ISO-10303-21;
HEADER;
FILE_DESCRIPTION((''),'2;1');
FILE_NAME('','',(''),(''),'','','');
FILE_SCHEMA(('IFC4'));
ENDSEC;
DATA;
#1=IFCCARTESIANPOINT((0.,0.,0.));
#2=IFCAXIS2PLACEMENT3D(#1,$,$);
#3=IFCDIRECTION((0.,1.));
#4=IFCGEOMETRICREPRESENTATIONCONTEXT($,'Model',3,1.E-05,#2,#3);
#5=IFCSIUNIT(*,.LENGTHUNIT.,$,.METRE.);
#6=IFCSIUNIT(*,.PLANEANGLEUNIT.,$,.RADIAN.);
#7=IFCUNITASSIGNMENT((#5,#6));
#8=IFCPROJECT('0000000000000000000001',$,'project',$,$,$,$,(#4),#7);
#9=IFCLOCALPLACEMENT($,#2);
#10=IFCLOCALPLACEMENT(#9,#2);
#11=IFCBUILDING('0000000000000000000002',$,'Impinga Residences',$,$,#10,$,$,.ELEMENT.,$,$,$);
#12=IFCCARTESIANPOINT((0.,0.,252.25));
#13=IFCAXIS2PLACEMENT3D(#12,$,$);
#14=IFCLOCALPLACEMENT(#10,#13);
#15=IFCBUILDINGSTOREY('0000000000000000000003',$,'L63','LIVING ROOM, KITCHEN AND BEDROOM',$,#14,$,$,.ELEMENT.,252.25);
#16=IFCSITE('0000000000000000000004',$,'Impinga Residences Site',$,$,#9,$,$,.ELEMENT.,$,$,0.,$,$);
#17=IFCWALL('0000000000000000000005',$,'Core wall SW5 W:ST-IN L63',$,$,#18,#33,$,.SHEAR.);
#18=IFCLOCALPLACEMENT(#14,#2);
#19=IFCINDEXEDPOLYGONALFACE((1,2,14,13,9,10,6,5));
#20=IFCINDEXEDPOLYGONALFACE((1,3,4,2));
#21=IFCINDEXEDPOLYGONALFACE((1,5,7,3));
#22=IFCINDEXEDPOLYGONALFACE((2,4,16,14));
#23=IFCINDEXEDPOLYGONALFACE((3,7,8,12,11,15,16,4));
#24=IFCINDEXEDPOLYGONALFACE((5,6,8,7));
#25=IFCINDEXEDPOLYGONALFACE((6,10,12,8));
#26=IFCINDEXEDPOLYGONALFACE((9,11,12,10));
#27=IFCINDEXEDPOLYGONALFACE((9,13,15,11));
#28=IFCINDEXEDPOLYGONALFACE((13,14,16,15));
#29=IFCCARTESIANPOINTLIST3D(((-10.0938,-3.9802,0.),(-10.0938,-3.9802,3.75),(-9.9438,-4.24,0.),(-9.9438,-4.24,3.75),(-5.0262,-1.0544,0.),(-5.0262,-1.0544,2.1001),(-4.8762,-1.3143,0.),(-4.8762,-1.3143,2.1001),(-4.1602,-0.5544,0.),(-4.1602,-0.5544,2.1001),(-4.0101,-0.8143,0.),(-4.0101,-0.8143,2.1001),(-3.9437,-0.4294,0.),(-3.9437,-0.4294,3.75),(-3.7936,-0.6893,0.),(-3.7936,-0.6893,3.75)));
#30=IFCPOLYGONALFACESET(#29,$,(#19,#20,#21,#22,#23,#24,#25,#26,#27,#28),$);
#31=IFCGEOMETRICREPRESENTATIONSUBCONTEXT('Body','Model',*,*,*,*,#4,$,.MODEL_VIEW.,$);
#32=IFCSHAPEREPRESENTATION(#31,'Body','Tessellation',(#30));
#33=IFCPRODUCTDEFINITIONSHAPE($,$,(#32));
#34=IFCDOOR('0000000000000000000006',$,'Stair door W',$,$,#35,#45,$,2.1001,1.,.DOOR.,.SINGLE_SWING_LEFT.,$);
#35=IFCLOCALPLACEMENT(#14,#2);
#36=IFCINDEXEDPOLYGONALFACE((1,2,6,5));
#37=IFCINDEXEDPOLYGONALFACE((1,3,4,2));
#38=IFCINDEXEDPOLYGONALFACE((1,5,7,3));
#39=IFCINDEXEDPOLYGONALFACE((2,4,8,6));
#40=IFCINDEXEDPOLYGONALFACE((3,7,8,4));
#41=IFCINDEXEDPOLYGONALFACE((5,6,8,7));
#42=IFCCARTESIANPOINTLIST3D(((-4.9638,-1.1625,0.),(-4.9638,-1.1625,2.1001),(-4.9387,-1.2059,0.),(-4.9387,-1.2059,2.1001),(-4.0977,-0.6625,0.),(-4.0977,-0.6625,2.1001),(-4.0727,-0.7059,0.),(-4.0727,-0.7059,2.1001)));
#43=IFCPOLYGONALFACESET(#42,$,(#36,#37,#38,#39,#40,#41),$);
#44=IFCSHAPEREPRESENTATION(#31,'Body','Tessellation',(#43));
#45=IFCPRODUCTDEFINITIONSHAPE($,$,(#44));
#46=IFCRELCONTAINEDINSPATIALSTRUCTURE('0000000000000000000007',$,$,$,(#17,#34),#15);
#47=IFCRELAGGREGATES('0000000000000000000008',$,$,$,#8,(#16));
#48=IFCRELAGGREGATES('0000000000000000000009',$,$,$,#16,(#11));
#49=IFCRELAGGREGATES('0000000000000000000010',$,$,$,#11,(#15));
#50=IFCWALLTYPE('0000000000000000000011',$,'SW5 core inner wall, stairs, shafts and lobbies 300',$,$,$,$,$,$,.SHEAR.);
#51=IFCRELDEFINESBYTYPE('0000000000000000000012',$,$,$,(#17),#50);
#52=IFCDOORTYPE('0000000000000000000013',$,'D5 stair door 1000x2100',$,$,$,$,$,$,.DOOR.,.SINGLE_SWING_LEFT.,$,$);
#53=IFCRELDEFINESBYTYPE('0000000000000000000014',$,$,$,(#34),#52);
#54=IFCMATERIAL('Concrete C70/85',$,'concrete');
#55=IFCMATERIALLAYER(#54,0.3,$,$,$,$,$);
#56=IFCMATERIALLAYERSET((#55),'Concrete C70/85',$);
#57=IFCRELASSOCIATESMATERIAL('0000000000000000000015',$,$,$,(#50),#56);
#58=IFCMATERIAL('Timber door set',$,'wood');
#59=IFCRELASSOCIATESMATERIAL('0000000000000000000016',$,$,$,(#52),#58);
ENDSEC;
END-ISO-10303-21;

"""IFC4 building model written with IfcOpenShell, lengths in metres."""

from ifc_helpers import new_model, si_unit, direction, frame, frame_2d, origin, place, context, subcontext, project, spatial, rectangle, extrude, material, layer, layer_set, type_object, element, fill, save


model = new_model("IFC4")

# Units and contexts
model_context = context("Model", 3, precision=1e-05, world=origin(), true_north=direction((0.0, 1.0)))
body_context = subcontext(model_context, "Body", "Model", "MODEL_VIEW")
ifc_project = project(units=[si_unit("LENGTHUNIT", "METRE"), si_unit("PLANEANGLEUNIT", "RADIAN")], contexts=[model_context])

# Site, building, storey
site_placement = place(None, origin())
site = spatial("IfcSite", under=ifc_project, at=site_placement, Name="Impinga Residences Site", CompositionType="ELEMENT", RefElevation=0.0)
building_placement = place(site_placement, origin())
building = spatial("IfcBuilding", under=site, at=building_placement, Name="Impinga Residences", CompositionType="ELEMENT")
storey_placement = place(building_placement, frame((0.0, 0.0, 252.25)))
storey = spatial("IfcBuildingStorey", under=building, at=storey_placement, Name="L63", Description="LIVING ROOM, KITCHEN AND BEDROOM", CompositionType="ELEMENT", Elevation=252.25)

# Shared definitions
ifc_material_1 = material(Name="Concrete C70/85", Category="concrete")
ifc_layer_1 = layer(ifc_material_1, 0.3)
ifc_layer_set_1 = layer_set([ifc_layer_1], Name="Concrete C70/85")
wall_type_1 = type_object("IfcWallType", Name="SW5 core inner wall, stairs, shafts and lobbies 300", PredefinedType="SHEAR", material=ifc_layer_set_1)

# Wall, opening, door
wall_1_placement = place(storey_placement, frame((-3.8687, -0.5593, 0.0), z_axis=(0.0, 0.0, 1.0), x_axis=(-0.866026, -0.499999, 0.0)))
wall_1 = element("IfcWall", 1, at=wall_1_placement, inside=storey, type_object=wall_type_1, Name="Core wall SW5 W:ST-IN L63", PredefinedType="SHEAR", context=body_context, shape_type="SweptSolid", body=[
    extrude(rectangle(XDim=7.1016, YDim=0.3, at=frame_2d((3.5508, 0.0))), origin(), (0.0, 0.0, 1.0), 3.75),
])
opening_1_placement = place(wall_1_placement, frame((0.25, 0.0, 0.0)))
opening_1 = element("IfcOpeningElement", 2, at=opening_1_placement, cuts=wall_1, PredefinedType="OPENING", context=body_context, shape_type="SweptSolid", body=[
    extrude(rectangle(XDim=1.0, YDim=2.1001, at=frame_2d((0.5, 1.05))), frame((0.0, 0.1599, 0.0), z_axis=(0.0, -1.0, 0.0), x_axis=(1.0, 0.0, 0.0)), (0.0, 0.0, 1.0), 0.3201),
])
ifc_material_2 = material(Name="Timber door set", Category="wood")
door_type_1 = type_object("IfcDoorType", Name="D5 stair door 1000x2100", OperationType="SINGLE_SWING_LEFT", PredefinedType="DOOR", material=ifc_material_2)
door_1_placement = place(opening_1_placement, origin())
door_1 = element("IfcDoor", 3, at=door_1_placement, inside=storey, type_object=door_type_1, Name="Stair door W", OperationType="SINGLE_SWING_LEFT", OverallHeight=2.1001, OverallWidth=1.0, PredefinedType="DOOR", context=body_context, shape_type="SweptSolid", body=[
    extrude(rectangle(XDim=1.0, YDim=2.1001, at=frame_2d((0.5, 1.05))), frame((0.0, 0.0249, 0.0), z_axis=(0.0, -1.0, 0.0), x_axis=(1.0, 0.0, 0.0)), (0.0, 0.0, 1.0), 0.05),
])
fill(opening_1, door_1)

save(model, "model.ifc")
